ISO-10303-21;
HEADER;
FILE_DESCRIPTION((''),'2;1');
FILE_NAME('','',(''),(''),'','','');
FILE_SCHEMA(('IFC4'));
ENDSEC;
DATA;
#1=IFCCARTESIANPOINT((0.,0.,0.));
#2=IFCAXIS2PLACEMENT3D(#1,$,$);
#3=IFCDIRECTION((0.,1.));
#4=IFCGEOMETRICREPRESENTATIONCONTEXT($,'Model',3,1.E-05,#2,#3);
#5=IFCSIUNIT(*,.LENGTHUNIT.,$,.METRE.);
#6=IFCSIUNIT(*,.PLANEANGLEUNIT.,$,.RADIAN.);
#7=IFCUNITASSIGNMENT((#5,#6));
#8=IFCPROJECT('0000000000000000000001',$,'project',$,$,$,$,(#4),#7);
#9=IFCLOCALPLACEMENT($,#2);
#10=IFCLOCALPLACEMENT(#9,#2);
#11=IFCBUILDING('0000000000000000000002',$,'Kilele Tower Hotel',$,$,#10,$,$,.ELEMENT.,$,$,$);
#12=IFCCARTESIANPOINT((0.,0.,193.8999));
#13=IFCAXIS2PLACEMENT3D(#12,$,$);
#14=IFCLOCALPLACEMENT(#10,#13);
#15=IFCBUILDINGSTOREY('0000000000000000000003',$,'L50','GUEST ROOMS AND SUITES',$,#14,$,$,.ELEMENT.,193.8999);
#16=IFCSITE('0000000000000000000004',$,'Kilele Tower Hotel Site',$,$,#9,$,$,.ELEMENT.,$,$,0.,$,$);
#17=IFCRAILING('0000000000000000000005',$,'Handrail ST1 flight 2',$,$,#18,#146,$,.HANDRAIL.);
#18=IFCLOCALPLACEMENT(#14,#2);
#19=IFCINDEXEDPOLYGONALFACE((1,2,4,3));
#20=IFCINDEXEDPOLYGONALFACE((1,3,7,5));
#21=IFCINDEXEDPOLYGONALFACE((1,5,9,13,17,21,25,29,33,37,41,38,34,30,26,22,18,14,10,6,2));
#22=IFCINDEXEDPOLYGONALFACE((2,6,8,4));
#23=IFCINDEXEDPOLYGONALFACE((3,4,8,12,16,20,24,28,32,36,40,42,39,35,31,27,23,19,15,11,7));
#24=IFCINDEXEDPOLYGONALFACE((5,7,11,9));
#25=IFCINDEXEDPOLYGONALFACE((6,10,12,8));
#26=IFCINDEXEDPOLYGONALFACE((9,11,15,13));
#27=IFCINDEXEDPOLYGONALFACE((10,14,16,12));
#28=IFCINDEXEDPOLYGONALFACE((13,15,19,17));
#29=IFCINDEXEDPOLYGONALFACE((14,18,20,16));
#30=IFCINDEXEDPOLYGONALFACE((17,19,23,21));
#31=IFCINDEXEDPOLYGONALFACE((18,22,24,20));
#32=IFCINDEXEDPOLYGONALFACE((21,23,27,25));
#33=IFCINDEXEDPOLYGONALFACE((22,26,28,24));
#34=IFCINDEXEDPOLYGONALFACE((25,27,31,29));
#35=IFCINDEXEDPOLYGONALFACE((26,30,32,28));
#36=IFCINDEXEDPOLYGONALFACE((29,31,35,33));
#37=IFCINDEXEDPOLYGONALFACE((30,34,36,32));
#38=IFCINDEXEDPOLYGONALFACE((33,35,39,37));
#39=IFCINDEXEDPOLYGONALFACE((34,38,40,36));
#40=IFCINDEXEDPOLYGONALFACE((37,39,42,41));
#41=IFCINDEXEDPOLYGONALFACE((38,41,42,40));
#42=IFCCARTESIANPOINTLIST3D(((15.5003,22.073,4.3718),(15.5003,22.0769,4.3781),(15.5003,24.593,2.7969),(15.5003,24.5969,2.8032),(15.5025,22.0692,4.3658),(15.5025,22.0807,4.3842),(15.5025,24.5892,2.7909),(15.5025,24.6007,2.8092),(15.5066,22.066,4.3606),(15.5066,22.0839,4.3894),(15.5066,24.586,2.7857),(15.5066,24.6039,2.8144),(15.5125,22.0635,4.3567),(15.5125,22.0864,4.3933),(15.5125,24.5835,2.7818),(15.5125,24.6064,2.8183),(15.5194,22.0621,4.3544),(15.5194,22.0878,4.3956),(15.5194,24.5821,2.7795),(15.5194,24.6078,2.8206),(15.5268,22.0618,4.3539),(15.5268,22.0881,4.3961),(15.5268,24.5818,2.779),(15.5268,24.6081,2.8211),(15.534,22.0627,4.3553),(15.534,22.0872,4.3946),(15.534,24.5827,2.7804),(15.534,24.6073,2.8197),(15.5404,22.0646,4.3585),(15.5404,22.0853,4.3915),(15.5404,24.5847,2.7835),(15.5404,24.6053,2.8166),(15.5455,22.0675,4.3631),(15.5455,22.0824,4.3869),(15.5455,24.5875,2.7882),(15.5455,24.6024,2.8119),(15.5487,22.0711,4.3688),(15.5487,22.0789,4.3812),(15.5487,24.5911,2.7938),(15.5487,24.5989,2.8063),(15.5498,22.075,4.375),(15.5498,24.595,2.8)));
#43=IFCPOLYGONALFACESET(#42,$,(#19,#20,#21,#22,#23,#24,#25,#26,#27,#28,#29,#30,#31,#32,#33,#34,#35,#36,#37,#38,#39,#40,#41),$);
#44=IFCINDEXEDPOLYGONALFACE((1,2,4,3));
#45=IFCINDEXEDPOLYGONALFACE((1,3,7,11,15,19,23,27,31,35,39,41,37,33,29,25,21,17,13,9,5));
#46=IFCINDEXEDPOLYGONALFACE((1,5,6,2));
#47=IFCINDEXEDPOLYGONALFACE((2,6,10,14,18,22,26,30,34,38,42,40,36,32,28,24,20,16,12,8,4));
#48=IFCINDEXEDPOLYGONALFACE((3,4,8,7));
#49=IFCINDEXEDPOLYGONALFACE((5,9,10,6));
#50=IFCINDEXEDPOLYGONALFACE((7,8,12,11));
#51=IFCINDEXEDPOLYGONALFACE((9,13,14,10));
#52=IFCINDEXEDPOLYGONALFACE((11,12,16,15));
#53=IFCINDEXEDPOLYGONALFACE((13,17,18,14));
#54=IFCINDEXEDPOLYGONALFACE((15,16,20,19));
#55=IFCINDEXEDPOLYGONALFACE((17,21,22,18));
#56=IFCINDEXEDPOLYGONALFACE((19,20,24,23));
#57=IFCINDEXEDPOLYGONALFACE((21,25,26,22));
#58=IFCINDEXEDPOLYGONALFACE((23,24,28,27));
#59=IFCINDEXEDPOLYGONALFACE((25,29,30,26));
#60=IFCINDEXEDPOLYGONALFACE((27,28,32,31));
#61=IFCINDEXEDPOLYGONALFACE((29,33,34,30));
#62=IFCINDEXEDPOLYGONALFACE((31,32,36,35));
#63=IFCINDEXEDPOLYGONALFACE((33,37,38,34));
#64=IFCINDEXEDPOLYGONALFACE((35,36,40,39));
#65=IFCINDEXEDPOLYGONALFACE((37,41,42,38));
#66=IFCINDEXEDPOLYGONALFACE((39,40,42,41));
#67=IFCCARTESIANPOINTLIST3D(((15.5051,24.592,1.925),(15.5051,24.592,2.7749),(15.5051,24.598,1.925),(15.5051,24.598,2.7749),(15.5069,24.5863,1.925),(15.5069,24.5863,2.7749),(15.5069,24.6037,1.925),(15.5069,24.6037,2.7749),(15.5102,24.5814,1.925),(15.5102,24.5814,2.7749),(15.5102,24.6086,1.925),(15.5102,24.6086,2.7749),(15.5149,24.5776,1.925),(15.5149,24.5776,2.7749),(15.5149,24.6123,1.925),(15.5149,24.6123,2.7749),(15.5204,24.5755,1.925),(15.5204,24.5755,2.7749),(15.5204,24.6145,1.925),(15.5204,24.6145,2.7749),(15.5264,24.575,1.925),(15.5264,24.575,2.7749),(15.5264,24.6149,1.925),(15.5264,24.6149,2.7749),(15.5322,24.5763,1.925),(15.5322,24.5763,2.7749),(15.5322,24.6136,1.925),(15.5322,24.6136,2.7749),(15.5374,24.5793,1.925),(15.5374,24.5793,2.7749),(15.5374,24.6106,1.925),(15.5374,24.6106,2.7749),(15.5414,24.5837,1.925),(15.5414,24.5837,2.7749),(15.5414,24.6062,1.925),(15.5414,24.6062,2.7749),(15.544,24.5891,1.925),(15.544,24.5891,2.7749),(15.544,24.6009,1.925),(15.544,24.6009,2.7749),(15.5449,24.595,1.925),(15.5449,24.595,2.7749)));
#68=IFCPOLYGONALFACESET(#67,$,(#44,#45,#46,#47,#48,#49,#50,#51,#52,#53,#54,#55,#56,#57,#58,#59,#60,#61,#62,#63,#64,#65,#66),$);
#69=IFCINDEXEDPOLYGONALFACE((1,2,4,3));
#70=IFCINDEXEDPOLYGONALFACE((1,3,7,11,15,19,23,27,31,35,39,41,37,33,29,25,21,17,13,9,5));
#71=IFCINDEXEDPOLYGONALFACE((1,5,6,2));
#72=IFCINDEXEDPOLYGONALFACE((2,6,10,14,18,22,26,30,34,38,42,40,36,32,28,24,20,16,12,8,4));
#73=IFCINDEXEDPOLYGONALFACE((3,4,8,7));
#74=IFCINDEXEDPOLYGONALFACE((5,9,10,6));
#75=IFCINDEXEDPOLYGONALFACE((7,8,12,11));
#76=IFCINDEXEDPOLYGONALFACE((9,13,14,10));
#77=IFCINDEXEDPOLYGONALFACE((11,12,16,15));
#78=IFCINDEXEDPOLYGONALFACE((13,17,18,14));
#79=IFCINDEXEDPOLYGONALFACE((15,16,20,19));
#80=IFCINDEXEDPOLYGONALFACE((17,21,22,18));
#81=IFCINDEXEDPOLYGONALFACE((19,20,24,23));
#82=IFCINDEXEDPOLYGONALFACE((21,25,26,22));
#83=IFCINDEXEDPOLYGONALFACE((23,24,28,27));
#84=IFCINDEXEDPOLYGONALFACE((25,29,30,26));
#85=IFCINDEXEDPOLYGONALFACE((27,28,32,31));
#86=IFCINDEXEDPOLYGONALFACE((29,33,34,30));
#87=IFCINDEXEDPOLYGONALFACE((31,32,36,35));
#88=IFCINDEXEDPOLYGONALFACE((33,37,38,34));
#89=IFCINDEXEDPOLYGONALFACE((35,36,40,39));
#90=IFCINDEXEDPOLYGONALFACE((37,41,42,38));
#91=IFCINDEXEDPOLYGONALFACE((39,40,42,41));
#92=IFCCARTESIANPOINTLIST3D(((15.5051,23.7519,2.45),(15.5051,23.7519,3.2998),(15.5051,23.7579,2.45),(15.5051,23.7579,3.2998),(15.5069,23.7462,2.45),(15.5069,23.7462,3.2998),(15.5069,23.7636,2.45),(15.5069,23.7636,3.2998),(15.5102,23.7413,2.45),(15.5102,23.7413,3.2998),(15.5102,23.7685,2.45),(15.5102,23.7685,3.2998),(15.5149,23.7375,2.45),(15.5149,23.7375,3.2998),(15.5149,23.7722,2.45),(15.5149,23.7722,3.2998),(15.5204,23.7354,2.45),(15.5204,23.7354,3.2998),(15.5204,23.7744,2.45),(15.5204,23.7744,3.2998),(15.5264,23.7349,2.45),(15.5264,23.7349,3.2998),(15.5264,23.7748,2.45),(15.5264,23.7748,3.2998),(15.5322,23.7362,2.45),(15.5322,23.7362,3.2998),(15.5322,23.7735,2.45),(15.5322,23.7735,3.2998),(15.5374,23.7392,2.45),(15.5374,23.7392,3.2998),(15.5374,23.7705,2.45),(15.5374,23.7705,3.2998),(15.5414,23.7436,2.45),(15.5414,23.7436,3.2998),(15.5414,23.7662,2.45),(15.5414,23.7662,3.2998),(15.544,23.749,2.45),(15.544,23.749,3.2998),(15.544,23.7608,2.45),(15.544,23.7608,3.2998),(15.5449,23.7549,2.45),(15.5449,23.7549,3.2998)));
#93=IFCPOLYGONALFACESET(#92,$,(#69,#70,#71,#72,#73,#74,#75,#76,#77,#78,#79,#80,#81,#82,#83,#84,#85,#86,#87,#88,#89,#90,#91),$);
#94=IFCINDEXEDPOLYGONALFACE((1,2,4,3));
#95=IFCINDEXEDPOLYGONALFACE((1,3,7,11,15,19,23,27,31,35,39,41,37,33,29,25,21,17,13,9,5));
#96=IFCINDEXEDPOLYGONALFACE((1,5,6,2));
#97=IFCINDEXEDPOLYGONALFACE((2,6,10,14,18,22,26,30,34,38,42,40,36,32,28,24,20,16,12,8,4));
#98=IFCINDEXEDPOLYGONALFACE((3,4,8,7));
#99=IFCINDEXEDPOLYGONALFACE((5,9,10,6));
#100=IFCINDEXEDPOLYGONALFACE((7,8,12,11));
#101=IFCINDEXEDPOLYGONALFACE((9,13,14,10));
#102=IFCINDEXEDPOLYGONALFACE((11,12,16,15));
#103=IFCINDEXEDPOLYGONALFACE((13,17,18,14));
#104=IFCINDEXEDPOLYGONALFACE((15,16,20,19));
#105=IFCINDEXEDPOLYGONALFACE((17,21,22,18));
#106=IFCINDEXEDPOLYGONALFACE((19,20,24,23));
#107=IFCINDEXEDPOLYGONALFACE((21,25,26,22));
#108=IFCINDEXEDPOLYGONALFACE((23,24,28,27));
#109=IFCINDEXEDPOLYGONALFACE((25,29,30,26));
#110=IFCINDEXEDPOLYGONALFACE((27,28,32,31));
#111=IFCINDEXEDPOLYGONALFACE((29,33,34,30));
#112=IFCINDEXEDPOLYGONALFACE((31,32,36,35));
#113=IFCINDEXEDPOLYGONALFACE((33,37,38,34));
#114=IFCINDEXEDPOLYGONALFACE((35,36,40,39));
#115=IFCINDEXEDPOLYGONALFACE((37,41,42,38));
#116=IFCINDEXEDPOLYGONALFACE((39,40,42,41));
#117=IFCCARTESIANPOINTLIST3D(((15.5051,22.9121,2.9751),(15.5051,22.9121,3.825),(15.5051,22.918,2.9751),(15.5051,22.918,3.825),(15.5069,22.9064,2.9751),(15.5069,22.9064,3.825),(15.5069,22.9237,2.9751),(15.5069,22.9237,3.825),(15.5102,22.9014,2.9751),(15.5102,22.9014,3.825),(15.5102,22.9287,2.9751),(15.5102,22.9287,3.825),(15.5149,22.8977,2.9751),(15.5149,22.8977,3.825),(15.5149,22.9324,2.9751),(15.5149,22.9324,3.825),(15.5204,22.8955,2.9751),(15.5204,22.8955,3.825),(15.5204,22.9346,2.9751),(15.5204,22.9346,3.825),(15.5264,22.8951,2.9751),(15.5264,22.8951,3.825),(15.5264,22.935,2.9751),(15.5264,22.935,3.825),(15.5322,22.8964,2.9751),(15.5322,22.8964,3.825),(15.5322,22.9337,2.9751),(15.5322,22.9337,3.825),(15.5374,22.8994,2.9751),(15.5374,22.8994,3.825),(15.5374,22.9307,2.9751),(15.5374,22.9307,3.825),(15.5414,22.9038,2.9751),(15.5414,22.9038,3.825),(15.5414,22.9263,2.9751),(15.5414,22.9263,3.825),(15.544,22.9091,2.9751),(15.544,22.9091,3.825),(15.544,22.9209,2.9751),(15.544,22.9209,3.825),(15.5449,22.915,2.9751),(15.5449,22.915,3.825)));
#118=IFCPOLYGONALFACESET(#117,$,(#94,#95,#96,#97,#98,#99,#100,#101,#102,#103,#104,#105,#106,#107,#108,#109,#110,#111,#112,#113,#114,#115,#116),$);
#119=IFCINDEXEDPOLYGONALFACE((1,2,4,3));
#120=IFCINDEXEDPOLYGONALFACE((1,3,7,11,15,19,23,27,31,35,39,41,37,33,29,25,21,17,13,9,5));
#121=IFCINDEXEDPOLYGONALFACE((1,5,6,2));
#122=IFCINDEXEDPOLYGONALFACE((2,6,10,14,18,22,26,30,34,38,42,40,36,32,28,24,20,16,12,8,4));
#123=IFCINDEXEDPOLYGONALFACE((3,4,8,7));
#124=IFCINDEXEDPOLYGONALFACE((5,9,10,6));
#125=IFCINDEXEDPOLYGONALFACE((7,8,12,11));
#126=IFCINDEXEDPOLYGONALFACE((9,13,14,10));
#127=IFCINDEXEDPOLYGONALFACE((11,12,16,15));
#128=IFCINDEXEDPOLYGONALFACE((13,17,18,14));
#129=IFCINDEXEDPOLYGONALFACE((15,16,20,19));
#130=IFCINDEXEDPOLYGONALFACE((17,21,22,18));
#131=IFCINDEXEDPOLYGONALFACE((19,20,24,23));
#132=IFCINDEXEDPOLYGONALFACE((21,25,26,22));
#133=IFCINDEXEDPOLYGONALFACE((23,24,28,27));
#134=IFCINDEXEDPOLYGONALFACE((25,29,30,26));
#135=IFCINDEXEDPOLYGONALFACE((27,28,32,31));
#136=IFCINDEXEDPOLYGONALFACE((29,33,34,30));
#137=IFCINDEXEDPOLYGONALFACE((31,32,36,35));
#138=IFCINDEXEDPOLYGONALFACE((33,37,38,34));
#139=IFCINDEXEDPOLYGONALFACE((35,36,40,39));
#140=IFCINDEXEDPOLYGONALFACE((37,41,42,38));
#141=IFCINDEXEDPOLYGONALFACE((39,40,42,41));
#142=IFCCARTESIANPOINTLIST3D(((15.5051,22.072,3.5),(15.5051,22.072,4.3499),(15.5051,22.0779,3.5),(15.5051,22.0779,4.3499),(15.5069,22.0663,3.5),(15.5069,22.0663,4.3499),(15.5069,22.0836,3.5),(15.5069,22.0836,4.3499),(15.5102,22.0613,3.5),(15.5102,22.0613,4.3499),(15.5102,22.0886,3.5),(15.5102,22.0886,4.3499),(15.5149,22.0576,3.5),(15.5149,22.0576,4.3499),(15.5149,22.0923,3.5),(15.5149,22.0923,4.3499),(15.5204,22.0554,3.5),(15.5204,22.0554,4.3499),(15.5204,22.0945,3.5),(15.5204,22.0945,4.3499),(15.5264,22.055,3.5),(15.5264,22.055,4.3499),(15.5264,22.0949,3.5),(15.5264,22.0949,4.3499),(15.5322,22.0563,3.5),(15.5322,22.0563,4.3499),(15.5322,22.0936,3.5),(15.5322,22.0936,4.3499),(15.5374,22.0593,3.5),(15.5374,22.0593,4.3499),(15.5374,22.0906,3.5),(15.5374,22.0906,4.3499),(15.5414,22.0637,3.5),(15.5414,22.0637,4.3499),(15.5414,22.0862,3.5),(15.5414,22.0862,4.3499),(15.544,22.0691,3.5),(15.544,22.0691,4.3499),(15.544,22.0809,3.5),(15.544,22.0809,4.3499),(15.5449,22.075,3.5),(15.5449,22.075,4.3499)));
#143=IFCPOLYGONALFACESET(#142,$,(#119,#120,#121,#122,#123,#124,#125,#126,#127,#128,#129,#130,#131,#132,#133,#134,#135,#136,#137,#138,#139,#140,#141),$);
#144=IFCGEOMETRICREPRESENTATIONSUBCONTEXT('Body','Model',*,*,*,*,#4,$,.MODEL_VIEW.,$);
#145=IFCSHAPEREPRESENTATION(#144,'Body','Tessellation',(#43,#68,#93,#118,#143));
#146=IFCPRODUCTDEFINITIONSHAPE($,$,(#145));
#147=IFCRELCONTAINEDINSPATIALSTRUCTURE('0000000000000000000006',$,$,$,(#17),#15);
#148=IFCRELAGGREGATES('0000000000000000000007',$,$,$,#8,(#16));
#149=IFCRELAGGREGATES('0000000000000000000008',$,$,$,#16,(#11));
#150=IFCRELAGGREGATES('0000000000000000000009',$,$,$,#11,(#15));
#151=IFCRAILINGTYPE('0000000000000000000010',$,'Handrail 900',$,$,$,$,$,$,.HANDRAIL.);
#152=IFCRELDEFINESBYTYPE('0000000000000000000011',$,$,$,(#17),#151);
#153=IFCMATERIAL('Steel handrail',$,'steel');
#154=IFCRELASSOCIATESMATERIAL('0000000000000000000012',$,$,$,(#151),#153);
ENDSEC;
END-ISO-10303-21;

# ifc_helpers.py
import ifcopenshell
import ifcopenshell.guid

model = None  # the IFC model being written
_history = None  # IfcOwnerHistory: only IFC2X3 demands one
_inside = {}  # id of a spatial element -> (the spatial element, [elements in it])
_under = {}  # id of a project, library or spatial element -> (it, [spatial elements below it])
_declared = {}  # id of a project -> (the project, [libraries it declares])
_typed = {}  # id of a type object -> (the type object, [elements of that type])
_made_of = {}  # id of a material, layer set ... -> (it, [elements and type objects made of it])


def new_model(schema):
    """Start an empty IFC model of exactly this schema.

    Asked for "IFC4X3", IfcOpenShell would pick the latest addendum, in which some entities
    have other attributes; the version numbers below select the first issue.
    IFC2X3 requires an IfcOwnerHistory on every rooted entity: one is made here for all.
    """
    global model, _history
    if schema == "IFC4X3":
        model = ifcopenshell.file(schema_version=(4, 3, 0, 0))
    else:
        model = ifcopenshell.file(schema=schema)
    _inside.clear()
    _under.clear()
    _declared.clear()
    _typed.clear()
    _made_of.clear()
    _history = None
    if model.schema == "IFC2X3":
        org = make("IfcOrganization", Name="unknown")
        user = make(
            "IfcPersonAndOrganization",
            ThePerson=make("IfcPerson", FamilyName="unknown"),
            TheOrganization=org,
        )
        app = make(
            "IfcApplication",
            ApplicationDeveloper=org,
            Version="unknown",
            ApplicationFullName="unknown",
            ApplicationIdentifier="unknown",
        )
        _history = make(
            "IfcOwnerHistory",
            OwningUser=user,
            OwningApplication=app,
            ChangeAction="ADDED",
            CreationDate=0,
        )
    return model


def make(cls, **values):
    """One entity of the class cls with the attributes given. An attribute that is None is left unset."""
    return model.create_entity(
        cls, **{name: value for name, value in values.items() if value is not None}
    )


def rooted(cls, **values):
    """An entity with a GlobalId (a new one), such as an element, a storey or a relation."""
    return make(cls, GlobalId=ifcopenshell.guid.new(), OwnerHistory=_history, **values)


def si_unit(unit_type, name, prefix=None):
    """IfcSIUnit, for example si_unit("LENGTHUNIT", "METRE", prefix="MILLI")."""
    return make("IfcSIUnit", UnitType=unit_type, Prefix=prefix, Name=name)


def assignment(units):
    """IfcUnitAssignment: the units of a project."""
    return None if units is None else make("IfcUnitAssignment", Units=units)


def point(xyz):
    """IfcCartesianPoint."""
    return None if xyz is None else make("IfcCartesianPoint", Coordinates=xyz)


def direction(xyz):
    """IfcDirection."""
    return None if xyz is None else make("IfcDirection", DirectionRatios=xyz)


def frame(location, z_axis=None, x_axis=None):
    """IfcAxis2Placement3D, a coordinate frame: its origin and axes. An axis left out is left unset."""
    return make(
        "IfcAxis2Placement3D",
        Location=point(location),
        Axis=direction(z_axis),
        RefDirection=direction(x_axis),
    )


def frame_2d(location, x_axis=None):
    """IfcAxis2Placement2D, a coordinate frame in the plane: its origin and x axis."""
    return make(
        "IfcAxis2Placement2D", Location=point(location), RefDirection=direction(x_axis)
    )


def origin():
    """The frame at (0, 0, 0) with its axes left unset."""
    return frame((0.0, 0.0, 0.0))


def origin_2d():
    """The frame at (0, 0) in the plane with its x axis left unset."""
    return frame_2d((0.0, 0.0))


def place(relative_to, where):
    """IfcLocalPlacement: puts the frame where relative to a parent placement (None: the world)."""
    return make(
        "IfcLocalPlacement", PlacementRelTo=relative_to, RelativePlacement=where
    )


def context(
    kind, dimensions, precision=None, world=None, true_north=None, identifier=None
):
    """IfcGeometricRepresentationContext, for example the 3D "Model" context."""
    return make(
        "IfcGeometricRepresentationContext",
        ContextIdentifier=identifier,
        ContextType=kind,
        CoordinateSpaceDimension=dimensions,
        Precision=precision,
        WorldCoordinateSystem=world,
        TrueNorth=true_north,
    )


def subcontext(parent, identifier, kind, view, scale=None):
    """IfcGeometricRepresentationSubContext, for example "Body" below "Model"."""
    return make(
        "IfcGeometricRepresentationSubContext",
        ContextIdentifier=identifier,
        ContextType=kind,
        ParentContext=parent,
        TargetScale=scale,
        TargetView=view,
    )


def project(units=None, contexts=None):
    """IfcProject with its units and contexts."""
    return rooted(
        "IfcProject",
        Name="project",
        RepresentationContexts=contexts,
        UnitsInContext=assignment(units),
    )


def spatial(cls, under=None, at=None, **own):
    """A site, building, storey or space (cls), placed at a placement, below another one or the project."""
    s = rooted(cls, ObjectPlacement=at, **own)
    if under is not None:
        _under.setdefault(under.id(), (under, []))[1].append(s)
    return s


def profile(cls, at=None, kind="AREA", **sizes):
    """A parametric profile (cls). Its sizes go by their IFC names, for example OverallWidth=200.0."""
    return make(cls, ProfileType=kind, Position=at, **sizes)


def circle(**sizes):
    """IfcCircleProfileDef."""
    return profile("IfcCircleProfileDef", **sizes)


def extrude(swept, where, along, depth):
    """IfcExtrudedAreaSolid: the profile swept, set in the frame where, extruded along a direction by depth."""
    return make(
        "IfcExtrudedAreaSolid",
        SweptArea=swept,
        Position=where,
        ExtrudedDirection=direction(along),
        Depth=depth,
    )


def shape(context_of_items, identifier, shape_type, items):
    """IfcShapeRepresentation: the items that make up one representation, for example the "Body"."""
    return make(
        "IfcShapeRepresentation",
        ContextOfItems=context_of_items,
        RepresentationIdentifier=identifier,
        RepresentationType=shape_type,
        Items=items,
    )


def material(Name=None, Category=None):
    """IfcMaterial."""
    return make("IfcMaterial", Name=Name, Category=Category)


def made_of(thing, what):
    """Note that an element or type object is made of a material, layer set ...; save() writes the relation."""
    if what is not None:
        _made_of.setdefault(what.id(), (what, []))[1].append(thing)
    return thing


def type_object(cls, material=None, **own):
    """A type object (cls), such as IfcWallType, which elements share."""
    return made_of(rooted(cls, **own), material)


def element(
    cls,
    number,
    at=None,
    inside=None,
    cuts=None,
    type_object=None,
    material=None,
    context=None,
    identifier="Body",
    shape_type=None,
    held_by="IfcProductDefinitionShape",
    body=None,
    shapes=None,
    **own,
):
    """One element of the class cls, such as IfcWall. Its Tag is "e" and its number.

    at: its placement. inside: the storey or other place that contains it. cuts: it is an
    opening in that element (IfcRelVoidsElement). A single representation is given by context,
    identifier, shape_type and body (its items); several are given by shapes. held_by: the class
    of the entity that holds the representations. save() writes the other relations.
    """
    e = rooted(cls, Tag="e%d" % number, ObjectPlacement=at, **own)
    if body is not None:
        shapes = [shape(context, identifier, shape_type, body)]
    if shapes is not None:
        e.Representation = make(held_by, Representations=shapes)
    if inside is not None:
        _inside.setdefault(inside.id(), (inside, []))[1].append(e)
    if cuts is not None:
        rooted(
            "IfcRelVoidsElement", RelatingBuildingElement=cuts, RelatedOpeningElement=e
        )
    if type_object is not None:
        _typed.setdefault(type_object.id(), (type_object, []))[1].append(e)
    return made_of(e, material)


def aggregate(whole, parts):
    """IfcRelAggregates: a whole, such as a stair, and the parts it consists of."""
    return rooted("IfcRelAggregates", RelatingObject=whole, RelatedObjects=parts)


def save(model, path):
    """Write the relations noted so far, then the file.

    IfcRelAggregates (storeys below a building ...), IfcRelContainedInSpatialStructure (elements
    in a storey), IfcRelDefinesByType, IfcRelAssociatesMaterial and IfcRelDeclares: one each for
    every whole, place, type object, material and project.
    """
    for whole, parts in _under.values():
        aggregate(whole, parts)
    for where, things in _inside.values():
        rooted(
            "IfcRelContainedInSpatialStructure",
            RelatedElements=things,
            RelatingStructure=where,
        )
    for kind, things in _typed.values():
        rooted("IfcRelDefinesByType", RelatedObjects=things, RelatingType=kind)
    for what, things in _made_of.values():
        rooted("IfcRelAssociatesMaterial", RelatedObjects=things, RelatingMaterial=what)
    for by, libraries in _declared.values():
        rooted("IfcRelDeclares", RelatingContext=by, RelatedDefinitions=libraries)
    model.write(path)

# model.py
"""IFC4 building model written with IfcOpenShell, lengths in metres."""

from ifc_helpers import new_model, si_unit, direction, frame, origin, origin_2d, place, context, subcontext, project, spatial, circle, extrude, material, type_object, element, save


model = new_model("IFC4")

# Units and contexts
model_context = context("Model", 3, precision=1e-05, world=origin(), true_north=direction((0.0, 1.0)))
body_context = subcontext(model_context, "Body", "Model", "MODEL_VIEW")
ifc_project = project(units=[si_unit("LENGTHUNIT", "METRE"), si_unit("PLANEANGLEUNIT", "RADIAN")], contexts=[model_context])

# Site, building, storey
site_placement = place(None, origin())
site = spatial("IfcSite", under=ifc_project, at=site_placement, Name="Kilele Tower Hotel Site", CompositionType="ELEMENT", RefElevation=0.0)
building_placement = place(site_placement, origin())
building = spatial("IfcBuilding", under=site, at=building_placement, Name="Kilele Tower Hotel", CompositionType="ELEMENT")
storey_placement = place(building_placement, frame((0.0, 0.0, 193.8999)))
storey = spatial("IfcBuildingStorey", under=building, at=storey_placement, Name="L50", Description="GUEST ROOMS AND SUITES", CompositionType="ELEMENT", Elevation=193.8999)

# Railing
ifc_material_1 = material(Name="Steel handrail", Category="steel")
railing_type_1 = type_object("IfcRailingType", Name="Handrail 900", PredefinedType="HANDRAIL", material=ifc_material_1)
for number, where, name in (
    (1, (15.5249, 24.595, 1.925), "Handrail ST1 flight 2"),
):
    element("IfcRailing", number, at=place(storey_placement, frame(where)), inside=storey, type_object=railing_type_1, Name=name, PredefinedType="HANDRAIL", context=body_context, shape_type="SweptSolid", body=[
        extrude(circle(Radius=0.0249, at=origin_2d()), frame((0.0, 0.0, 0.875), z_axis=(0.0, -0.848008, 0.529984), x_axis=(1.0, 0.0, 0.0)), (0.0, 0.0, 1.0), 2.9717),
        extrude(circle(Radius=0.02, at=origin_2d()), origin(), (0.0, 0.0, 1.0), 0.8499),
        extrude(circle(Radius=0.02, at=origin_2d()), frame((0.0, -0.8401, 0.5249)), (0.0, 0.0, 1.0), 0.8499),
        extrude(circle(Radius=0.02, at=origin_2d()), frame((0.0, -1.6799, 1.05)), (0.0, 0.0, 1.0), 0.8499),
        extrude(circle(Radius=0.02, at=origin_2d()), frame((0.0, -2.52, 1.575)), (0.0, 0.0, 1.0), 0.8499),
    ])

save(model, "model.ifc")
